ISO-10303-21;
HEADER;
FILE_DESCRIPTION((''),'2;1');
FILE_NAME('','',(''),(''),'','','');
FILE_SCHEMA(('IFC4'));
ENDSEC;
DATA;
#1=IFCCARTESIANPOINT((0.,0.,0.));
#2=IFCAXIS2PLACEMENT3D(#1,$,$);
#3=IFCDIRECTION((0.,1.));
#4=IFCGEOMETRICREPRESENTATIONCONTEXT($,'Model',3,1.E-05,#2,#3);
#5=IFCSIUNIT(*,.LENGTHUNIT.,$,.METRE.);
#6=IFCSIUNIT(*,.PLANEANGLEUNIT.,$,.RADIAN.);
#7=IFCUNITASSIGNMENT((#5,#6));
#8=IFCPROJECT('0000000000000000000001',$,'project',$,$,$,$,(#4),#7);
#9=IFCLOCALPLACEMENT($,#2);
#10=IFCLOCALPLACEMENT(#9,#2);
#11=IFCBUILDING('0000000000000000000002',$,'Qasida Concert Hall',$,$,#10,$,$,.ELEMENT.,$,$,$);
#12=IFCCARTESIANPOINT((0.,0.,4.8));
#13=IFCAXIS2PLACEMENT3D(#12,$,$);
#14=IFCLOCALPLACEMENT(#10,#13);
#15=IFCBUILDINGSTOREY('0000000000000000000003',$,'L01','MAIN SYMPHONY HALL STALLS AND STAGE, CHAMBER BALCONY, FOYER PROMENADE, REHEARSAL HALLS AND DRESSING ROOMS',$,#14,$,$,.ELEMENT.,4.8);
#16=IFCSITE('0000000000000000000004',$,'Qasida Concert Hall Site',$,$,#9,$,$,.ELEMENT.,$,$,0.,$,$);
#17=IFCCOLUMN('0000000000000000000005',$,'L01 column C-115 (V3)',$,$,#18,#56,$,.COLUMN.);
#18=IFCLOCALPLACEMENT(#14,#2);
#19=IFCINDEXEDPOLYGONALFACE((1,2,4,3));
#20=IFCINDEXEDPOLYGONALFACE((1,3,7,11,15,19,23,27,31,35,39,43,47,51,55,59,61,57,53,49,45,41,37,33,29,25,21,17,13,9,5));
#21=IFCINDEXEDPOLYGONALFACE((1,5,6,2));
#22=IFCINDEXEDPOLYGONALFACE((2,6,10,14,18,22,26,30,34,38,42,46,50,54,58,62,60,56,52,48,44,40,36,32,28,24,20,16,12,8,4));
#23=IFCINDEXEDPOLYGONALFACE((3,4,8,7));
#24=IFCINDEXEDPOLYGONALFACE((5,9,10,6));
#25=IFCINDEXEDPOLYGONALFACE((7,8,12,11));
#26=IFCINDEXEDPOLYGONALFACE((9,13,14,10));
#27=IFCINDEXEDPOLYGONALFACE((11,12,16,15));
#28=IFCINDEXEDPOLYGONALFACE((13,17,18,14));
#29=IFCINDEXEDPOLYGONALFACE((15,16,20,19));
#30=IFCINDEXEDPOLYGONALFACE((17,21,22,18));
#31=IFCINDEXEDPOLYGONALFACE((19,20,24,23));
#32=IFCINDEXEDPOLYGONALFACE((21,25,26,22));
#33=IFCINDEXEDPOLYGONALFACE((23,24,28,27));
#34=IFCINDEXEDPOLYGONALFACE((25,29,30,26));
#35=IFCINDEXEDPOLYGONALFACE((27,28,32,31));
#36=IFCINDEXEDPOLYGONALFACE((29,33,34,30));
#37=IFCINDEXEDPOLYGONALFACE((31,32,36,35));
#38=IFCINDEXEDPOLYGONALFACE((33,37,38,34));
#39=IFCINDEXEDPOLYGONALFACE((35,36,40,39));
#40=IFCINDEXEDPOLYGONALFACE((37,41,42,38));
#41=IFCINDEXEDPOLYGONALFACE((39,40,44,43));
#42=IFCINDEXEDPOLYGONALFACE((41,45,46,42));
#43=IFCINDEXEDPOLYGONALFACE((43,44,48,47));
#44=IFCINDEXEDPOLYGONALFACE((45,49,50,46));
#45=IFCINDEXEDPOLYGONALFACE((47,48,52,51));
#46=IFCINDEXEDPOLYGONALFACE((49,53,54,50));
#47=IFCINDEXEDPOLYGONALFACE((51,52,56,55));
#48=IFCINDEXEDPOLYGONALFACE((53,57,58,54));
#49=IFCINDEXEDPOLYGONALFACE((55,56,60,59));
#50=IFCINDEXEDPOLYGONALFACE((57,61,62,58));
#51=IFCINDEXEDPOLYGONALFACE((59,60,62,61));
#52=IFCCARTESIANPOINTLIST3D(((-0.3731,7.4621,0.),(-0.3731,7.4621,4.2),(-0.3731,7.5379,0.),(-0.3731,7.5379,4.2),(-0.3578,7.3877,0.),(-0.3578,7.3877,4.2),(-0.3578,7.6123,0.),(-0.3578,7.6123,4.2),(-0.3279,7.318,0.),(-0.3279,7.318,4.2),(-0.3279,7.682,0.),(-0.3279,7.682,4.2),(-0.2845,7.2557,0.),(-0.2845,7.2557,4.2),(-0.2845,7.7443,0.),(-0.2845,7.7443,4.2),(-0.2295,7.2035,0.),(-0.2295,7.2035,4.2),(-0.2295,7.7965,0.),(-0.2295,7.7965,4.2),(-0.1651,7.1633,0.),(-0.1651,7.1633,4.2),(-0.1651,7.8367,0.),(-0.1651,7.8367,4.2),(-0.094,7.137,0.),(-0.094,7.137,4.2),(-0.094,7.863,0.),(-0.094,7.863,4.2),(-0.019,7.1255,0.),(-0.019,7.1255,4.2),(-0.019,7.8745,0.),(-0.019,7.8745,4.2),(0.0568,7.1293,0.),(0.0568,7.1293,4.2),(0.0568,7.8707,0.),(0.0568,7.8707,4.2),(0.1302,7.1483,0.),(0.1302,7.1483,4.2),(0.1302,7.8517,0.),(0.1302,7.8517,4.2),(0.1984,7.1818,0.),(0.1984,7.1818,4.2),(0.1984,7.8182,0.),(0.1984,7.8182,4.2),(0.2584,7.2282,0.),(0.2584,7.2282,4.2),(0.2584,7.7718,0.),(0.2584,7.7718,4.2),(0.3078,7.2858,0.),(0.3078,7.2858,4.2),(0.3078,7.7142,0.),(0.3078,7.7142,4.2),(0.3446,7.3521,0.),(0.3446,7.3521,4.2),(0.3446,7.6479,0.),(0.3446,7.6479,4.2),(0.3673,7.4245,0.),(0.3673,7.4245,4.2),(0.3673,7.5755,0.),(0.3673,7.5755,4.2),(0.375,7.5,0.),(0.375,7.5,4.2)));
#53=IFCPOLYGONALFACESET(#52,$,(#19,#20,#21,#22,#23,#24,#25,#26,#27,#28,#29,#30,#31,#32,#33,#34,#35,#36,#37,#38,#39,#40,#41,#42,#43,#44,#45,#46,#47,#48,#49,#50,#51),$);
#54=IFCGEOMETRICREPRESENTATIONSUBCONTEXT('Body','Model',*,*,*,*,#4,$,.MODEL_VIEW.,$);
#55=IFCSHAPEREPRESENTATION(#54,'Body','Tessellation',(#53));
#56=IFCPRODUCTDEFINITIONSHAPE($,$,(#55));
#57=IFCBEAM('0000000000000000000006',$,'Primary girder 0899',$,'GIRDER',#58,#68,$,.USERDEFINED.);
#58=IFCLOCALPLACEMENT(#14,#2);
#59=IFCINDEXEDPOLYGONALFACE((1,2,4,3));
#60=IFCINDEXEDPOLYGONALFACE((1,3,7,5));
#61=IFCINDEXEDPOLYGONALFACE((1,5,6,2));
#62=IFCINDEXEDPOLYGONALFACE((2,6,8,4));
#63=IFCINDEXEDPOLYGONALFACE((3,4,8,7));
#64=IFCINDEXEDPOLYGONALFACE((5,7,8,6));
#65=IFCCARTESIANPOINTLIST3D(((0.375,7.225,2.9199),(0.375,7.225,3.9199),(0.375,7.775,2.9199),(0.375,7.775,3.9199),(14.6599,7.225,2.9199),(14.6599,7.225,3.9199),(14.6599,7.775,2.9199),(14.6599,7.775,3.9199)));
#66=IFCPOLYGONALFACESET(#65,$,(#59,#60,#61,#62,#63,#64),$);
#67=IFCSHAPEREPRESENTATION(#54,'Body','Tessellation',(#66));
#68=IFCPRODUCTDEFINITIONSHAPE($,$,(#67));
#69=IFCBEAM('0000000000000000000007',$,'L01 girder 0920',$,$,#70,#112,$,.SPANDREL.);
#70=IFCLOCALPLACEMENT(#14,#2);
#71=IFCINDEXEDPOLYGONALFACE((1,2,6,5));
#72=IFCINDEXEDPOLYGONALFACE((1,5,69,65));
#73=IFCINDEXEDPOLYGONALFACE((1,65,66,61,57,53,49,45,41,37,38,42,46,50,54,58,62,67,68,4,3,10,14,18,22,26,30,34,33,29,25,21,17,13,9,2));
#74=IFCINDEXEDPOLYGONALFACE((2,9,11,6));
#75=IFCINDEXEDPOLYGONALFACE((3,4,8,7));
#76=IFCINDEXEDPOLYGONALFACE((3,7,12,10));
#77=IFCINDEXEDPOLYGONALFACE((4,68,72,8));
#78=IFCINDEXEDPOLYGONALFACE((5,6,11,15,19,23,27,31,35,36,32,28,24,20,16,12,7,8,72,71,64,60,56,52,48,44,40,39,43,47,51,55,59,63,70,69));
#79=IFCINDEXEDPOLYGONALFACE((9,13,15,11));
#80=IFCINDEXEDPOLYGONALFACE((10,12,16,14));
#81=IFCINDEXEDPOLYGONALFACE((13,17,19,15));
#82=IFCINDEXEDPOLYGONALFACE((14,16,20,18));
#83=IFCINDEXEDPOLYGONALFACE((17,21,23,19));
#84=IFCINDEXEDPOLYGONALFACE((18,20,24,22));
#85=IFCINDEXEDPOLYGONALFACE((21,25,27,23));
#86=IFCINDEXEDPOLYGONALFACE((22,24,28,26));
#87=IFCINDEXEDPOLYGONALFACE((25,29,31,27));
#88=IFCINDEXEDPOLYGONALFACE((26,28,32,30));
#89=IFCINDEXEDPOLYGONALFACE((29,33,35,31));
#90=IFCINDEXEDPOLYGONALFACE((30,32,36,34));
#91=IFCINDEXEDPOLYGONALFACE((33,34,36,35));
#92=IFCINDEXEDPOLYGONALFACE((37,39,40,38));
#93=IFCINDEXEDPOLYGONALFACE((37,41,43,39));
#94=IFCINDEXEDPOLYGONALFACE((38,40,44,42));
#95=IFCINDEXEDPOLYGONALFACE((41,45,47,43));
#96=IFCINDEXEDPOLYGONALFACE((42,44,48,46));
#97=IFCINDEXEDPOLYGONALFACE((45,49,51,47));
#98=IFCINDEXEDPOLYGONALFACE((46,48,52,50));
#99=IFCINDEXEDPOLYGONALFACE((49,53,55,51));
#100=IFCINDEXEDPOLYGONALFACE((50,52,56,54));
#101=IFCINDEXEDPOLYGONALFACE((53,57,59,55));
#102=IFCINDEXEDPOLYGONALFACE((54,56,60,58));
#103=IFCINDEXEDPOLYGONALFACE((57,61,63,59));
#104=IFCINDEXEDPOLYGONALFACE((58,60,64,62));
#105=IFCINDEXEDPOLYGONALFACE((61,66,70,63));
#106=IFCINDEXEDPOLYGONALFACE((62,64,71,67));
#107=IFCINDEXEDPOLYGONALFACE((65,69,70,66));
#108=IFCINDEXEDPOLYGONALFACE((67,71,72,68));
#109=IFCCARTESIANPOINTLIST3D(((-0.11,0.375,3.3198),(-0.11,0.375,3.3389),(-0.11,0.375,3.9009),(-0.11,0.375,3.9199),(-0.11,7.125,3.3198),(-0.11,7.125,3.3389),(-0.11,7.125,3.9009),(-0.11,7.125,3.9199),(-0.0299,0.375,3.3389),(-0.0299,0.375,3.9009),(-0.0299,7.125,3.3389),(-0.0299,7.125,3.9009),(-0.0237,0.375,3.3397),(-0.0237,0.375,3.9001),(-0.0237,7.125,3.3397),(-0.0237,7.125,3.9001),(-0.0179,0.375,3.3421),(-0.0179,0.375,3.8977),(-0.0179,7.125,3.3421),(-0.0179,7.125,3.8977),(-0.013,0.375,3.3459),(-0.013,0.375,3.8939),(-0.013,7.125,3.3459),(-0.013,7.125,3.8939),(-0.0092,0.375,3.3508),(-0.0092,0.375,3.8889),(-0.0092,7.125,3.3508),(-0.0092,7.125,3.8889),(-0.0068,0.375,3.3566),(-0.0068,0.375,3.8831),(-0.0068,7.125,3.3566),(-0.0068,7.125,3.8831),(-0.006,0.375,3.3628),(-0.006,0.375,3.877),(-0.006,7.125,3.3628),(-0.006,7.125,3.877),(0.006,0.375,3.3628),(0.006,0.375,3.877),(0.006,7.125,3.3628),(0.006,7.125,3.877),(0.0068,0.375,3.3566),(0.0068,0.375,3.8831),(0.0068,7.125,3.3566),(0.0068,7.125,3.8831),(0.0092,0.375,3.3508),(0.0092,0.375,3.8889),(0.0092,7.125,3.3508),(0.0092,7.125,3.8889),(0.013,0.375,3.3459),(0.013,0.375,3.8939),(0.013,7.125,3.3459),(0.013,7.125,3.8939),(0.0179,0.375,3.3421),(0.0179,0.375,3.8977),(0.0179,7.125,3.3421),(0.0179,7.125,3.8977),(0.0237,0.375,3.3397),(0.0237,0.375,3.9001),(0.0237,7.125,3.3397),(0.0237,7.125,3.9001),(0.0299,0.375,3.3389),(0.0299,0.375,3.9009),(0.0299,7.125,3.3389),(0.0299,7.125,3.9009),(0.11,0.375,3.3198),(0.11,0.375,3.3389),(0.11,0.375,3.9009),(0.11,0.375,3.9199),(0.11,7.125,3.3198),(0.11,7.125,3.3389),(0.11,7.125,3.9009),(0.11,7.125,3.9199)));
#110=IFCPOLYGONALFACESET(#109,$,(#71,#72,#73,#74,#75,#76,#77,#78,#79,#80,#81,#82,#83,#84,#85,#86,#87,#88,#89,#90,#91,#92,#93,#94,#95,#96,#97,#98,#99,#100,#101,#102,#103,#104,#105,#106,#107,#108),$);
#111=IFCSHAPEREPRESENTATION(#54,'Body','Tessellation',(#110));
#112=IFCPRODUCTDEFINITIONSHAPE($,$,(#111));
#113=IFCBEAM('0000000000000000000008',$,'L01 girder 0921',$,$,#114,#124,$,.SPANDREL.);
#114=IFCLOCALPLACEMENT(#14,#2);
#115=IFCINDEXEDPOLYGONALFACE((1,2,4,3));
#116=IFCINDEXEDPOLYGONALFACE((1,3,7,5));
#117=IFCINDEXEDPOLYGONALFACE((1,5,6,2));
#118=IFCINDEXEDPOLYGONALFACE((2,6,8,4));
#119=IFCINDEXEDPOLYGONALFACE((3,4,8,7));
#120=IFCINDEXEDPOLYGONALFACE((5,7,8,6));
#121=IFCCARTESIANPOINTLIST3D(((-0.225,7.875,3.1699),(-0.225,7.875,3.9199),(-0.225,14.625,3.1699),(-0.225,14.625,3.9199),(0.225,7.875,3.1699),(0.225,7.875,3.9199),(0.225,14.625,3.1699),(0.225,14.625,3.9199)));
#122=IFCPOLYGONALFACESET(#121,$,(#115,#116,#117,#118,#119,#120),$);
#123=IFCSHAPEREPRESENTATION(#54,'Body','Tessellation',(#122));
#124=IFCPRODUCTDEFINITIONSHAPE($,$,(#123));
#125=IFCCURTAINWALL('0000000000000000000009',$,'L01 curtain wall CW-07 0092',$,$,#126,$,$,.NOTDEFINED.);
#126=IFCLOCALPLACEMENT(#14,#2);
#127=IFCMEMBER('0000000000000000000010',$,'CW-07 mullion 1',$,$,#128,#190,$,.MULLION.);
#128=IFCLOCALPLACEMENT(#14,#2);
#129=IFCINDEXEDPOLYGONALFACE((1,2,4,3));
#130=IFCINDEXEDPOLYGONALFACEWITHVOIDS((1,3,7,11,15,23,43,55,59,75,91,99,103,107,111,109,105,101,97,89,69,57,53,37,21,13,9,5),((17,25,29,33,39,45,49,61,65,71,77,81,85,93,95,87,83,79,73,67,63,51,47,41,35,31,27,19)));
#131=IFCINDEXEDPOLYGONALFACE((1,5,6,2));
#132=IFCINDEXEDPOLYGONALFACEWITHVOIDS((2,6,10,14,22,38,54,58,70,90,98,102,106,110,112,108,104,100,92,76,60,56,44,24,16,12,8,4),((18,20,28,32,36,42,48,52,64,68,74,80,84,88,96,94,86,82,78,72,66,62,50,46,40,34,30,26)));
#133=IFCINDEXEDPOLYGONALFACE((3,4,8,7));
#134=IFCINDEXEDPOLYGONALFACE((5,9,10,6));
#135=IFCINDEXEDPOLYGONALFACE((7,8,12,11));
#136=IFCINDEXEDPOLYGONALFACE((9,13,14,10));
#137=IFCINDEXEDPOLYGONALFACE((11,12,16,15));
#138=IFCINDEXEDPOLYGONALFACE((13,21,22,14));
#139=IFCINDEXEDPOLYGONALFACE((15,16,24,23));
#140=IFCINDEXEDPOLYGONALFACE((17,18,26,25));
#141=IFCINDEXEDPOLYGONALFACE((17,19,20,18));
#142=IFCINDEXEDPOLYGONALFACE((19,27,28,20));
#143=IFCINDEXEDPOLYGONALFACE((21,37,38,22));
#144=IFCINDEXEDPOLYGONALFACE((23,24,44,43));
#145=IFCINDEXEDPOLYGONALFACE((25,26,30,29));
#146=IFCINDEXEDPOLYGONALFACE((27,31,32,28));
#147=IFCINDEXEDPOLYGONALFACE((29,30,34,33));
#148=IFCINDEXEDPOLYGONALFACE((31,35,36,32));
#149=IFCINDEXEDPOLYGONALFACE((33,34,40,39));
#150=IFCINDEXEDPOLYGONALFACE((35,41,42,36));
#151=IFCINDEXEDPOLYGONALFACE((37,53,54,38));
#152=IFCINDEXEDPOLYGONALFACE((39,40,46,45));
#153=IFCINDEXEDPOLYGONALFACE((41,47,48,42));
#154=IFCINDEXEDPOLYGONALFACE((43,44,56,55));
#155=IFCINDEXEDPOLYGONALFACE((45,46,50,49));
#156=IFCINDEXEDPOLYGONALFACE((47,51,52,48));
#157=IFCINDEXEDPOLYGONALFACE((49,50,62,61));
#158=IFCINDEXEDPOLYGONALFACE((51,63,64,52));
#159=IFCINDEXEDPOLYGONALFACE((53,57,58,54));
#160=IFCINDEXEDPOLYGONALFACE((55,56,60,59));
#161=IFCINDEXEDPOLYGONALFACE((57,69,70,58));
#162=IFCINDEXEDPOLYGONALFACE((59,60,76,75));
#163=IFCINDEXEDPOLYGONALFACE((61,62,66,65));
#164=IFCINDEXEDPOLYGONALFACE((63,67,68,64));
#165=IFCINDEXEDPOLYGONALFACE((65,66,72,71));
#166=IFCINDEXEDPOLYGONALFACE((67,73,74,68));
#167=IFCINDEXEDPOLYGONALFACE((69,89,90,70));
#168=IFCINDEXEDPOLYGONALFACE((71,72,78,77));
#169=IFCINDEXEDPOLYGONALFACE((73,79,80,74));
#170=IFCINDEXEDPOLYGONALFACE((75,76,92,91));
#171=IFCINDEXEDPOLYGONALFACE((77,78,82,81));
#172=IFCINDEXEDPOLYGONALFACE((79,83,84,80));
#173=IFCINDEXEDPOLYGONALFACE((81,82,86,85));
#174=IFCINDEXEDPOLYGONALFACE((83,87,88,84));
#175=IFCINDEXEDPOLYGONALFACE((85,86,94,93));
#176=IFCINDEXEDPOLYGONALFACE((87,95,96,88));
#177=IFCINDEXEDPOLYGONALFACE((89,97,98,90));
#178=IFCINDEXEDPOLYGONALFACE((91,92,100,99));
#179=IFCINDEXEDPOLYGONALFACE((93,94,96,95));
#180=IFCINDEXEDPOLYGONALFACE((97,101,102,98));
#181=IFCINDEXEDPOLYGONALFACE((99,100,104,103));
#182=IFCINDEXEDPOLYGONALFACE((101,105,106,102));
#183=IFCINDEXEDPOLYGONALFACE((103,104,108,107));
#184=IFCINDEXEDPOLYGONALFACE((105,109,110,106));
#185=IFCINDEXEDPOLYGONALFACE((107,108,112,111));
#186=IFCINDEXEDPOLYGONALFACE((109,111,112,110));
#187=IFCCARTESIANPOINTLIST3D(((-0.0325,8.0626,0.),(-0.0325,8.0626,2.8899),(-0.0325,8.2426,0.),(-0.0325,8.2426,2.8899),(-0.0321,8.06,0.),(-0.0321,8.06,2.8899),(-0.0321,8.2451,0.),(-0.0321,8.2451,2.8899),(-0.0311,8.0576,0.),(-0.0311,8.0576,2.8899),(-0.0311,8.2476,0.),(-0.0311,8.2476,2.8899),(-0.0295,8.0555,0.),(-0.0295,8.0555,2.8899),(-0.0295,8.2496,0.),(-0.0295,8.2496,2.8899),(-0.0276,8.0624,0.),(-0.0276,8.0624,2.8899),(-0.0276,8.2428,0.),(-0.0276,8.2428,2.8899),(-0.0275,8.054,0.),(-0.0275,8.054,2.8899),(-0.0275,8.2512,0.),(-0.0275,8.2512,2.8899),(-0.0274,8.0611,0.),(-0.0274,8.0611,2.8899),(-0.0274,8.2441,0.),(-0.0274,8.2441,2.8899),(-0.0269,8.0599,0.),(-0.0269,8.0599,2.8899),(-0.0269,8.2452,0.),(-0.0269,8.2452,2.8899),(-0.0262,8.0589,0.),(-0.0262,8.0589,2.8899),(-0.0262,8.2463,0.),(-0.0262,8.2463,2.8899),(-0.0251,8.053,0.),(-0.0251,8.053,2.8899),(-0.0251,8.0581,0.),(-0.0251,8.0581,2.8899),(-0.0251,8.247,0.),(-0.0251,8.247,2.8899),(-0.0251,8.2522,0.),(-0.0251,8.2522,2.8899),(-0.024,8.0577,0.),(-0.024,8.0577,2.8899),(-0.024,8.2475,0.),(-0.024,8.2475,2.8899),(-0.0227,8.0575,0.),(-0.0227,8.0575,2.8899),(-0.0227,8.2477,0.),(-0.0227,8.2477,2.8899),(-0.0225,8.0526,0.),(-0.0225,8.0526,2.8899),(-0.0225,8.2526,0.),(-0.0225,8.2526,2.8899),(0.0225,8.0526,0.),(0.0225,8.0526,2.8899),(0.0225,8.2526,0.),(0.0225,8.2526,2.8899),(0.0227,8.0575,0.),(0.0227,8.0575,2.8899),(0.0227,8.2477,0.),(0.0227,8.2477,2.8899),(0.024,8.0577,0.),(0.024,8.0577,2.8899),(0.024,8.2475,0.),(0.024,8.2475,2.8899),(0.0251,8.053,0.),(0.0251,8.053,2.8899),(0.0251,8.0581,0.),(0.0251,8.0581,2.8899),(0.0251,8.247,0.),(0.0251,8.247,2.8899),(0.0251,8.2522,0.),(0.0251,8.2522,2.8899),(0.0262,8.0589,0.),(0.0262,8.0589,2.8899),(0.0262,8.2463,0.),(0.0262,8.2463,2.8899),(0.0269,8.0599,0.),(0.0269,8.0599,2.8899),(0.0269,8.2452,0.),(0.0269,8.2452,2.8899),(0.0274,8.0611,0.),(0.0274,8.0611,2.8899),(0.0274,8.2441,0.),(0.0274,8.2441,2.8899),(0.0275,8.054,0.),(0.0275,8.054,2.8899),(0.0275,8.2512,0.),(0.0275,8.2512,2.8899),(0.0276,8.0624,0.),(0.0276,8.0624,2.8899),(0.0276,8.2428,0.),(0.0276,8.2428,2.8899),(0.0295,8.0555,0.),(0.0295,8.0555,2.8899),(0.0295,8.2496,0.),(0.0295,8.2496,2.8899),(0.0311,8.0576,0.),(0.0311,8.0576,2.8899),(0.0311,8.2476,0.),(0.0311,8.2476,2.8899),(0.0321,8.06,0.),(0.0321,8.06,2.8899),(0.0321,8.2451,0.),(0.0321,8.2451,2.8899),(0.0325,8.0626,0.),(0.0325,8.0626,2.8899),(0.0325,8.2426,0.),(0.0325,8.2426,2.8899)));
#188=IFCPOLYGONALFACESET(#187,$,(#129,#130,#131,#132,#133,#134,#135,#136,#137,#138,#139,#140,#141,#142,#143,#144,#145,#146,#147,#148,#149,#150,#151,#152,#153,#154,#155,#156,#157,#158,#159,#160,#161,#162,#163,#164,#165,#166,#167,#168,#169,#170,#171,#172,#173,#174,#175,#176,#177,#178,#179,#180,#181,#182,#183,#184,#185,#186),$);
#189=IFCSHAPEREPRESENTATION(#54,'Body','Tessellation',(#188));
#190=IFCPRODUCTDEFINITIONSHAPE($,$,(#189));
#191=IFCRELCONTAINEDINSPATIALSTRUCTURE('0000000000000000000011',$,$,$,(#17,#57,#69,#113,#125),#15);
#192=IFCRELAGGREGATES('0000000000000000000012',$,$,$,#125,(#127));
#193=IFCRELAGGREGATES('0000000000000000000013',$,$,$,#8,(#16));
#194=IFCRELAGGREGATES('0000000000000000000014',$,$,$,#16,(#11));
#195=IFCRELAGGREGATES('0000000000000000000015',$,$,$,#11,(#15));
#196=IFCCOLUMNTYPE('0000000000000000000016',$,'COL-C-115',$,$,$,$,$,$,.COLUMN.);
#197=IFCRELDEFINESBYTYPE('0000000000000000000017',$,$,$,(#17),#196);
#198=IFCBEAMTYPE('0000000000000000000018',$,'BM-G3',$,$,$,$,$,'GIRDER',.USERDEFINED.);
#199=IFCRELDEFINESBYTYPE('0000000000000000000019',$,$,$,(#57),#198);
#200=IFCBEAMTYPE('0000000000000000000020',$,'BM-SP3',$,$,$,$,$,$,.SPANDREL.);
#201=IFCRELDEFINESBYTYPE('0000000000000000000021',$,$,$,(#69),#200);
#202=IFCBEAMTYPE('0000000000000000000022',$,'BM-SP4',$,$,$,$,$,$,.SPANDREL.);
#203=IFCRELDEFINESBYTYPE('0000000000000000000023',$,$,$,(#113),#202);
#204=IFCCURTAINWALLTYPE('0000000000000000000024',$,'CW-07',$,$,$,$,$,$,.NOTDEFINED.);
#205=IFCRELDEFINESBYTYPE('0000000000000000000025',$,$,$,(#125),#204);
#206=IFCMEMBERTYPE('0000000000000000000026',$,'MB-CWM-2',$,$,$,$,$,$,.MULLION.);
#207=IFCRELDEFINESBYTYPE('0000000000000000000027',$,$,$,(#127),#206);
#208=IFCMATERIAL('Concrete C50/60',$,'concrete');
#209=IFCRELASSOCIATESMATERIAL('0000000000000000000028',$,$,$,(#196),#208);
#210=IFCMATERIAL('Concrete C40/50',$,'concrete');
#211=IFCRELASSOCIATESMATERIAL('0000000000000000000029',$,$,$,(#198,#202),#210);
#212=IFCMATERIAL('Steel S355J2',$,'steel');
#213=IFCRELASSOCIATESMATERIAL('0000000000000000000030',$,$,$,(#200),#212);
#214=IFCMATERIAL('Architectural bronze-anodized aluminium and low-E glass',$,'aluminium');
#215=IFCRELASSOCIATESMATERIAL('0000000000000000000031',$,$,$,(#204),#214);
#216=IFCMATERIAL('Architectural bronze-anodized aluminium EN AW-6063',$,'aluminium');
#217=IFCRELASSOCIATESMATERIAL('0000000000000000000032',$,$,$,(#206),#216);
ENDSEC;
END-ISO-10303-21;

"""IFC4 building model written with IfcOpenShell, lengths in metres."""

from ifc_helpers import new_model, si_unit, direction, frame, origin, origin_2d, place, context, subcontext, project, spatial, rectangle, hollow_rectangle, circle, i_section, extrude, material, material_profile, profile_set, type_object, element, aggregate, save


model = new_model("IFC4")

# Units and contexts
model_context = context("Model", 3, precision=1e-05, world=origin(), true_north=direction((0.0, 1.0)))
body_context = subcontext(model_context, "Body", "Model", "MODEL_VIEW")
ifc_project = project(units=[si_unit("LENGTHUNIT", "METRE"), si_unit("PLANEANGLEUNIT", "RADIAN")], contexts=[model_context])

# Site, building, storey
site_placement = place(None, origin())
site = spatial("IfcSite", under=ifc_project, at=site_placement, Name="Qasida Concert Hall Site", CompositionType="ELEMENT", RefElevation=0.0)
building_placement = place(site_placement, origin())
building = spatial("IfcBuilding", under=site, at=building_placement, Name="Qasida Concert Hall", CompositionType="ELEMENT")
storey_placement = place(building_placement, frame((0.0, 0.0, 4.8)))
storey = spatial("IfcBuildingStorey", under=building, at=storey_placement, Name="L01", Description="MAIN SYMPHONY HALL STALLS AND STAGE, CHAMBER BALCONY, FOYER PROMENADE, REHEARSAL HALLS AND DRESSING ROOMS", CompositionType="ELEMENT", Elevation=4.8)

# Column
ifc_material_1 = material(Name="Concrete C50/60", Category="concrete")
ifc_material_profile_1 = material_profile(ifc_material_1, circle(Radius=0.375, at=origin_2d()), Name="RC COL D750")
ifc_profile_set_1 = profile_set([ifc_material_profile_1], Name="Concrete C50/60")
column_type = type_object("IfcColumnType", Name="COL-C-115", PredefinedType="COLUMN", material=ifc_profile_set_1)
column_placement = place(storey_placement, frame((0.0, 7.5, 0.0), z_axis=(0.0, 0.0, 1.0), x_axis=(1.0, 0.0, 0.0)))
element("IfcColumn", 1, at=column_placement, inside=storey, type_object=column_type, Name="L01 column C-115 (V3)", PredefinedType="COLUMN", context=body_context, shape_type="SweptSolid", body=[
    extrude(circle(Radius=0.375, at=origin_2d()), origin(), (0.0, 0.0, 1.0), 4.2),
])

# Beams
ifc_material_2 = material(Name="Concrete C40/50", Category="concrete")
ifc_material_profile_2 = material_profile(ifc_material_2, rectangle(XDim=0.55, YDim=1.0, at=origin_2d()), Name="RC 550x1000")
ifc_profile_set_2 = profile_set([ifc_material_profile_2], Name="Concrete C40/50")
beam_type_1 = type_object("IfcBeamType", Name="BM-G3", ElementType="GIRDER", PredefinedType="USERDEFINED", material=ifc_profile_set_2)
beam_1_placement = place(storey_placement, frame((0.375, 7.5, 3.4199), z_axis=(1.0, 0.0, 0.0), x_axis=(0.0, 1.0, 0.0)))
element("IfcBeam", 2, at=beam_1_placement, inside=storey, type_object=beam_type_1, Name="Primary girder 0899", ObjectType="GIRDER", PredefinedType="USERDEFINED", context=body_context, shape_type="SweptSolid", body=[
    extrude(rectangle(XDim=0.55, YDim=1.0, at=origin_2d()), origin(), (0.0, 0.0, 1.0), 14.2849),
])
ifc_material_3 = material(Name="Steel S355J2", Category="steel")
ifc_material_profile_3 = material_profile(ifc_material_3, i_section(OverallWidth=0.22, OverallDepth=0.6001, WebThickness=0.012, FlangeThickness=0.019, FilletRadius=0.0239, at=origin_2d()), Name="IPE 600")
ifc_profile_set_3 = profile_set([ifc_material_profile_3], Name="Steel S355J2")
beam_type_2 = type_object("IfcBeamType", Name="BM-SP3", PredefinedType="SPANDREL", material=ifc_profile_set_3)
beam_2_placement = place(storey_placement, frame((0.0, 0.375, 3.6199), z_axis=(0.0, 1.0, 0.0), x_axis=(-1.0, 0.0, 0.0)))
element("IfcBeam", 3, at=beam_2_placement, inside=storey, type_object=beam_type_2, Name="L01 girder 0920", PredefinedType="SPANDREL", context=body_context, shape_type="SweptSolid", body=[
    extrude(i_section(OverallWidth=0.22, OverallDepth=0.6001, WebThickness=0.012, FlangeThickness=0.019, FilletRadius=0.0239, at=origin_2d()), origin(), (0.0, 0.0, 1.0), 6.75),
])
ifc_material_profile_4 = material_profile(ifc_material_2, rectangle(XDim=0.45, YDim=0.75, at=origin_2d()), Name="RC 450x750")
ifc_profile_set_4 = profile_set([ifc_material_profile_4], Name="Concrete C40/50")
beam_type_3 = type_object("IfcBeamType", Name="BM-SP4", PredefinedType="SPANDREL", material=ifc_profile_set_4)
beam_3_placement = place(storey_placement, frame((0.0, 7.875, 3.5449), z_axis=(0.0, 1.0, 0.0), x_axis=(-1.0, 0.0, 0.0)))
element("IfcBeam", 4, at=beam_3_placement, inside=storey, type_object=beam_type_3, Name="L01 girder 0921", PredefinedType="SPANDREL", context=body_context, shape_type="SweptSolid", body=[
    extrude(rectangle(XDim=0.45, YDim=0.75, at=origin_2d()), origin(), (0.0, 0.0, 1.0), 6.75),
])

# Curtain wall, member
ifc_material_4 = material(Name="Architectural bronze-anodized aluminium and low-E glass", Category="aluminium")
curtain_wall_type = type_object("IfcCurtainWallType", Name="CW-07", PredefinedType="NOTDEFINED", material=ifc_material_4)
curtain_wall_placement = place(storey_placement, origin())
curtain_wall = element("IfcCurtainWall", 5, at=curtain_wall_placement, inside=storey, type_object=curtain_wall_type, Name="L01 curtain wall CW-07 0092", PredefinedType="NOTDEFINED")
ifc_material_5 = material(Name="Architectural bronze-anodized aluminium EN AW-6063", Category="aluminium")
ifc_material_profile_5 = material_profile(ifc_material_5, hollow_rectangle(XDim=0.0649, YDim=0.2, WallThickness=0.0049, InnerFilletRadius=0.0049, OuterFilletRadius=0.01, at=origin_2d()), Name="CWM 200x65x5")
ifc_profile_set_5 = profile_set([ifc_material_profile_5], Name="Architectural bronze-anodized aluminium EN AW-6063")
member_type_1 = type_object("IfcMemberType", Name="MB-CWM-2", PredefinedType="MULLION", material=ifc_profile_set_5)
member_1_placement = place(storey_placement, frame((0.0, 8.1526, 0.0), z_axis=(0.0, 0.0, 1.0), x_axis=(-1.0, 0.0, 0.0)))
member_1 = element("IfcMember", 6, at=member_1_placement, type_object=member_type_1, Name="CW-07 mullion 1", PredefinedType="MULLION", context=body_context, shape_type="SweptSolid", body=[
    extrude(hollow_rectangle(XDim=0.0649, YDim=0.2, WallThickness=0.0049, InnerFilletRadius=0.0049, OuterFilletRadius=0.01, at=origin_2d()), origin(), (0.0, 0.0, 1.0), 2.8899),
])
aggregate(curtain_wall, [member_1])

save(model, "model.ifc")
